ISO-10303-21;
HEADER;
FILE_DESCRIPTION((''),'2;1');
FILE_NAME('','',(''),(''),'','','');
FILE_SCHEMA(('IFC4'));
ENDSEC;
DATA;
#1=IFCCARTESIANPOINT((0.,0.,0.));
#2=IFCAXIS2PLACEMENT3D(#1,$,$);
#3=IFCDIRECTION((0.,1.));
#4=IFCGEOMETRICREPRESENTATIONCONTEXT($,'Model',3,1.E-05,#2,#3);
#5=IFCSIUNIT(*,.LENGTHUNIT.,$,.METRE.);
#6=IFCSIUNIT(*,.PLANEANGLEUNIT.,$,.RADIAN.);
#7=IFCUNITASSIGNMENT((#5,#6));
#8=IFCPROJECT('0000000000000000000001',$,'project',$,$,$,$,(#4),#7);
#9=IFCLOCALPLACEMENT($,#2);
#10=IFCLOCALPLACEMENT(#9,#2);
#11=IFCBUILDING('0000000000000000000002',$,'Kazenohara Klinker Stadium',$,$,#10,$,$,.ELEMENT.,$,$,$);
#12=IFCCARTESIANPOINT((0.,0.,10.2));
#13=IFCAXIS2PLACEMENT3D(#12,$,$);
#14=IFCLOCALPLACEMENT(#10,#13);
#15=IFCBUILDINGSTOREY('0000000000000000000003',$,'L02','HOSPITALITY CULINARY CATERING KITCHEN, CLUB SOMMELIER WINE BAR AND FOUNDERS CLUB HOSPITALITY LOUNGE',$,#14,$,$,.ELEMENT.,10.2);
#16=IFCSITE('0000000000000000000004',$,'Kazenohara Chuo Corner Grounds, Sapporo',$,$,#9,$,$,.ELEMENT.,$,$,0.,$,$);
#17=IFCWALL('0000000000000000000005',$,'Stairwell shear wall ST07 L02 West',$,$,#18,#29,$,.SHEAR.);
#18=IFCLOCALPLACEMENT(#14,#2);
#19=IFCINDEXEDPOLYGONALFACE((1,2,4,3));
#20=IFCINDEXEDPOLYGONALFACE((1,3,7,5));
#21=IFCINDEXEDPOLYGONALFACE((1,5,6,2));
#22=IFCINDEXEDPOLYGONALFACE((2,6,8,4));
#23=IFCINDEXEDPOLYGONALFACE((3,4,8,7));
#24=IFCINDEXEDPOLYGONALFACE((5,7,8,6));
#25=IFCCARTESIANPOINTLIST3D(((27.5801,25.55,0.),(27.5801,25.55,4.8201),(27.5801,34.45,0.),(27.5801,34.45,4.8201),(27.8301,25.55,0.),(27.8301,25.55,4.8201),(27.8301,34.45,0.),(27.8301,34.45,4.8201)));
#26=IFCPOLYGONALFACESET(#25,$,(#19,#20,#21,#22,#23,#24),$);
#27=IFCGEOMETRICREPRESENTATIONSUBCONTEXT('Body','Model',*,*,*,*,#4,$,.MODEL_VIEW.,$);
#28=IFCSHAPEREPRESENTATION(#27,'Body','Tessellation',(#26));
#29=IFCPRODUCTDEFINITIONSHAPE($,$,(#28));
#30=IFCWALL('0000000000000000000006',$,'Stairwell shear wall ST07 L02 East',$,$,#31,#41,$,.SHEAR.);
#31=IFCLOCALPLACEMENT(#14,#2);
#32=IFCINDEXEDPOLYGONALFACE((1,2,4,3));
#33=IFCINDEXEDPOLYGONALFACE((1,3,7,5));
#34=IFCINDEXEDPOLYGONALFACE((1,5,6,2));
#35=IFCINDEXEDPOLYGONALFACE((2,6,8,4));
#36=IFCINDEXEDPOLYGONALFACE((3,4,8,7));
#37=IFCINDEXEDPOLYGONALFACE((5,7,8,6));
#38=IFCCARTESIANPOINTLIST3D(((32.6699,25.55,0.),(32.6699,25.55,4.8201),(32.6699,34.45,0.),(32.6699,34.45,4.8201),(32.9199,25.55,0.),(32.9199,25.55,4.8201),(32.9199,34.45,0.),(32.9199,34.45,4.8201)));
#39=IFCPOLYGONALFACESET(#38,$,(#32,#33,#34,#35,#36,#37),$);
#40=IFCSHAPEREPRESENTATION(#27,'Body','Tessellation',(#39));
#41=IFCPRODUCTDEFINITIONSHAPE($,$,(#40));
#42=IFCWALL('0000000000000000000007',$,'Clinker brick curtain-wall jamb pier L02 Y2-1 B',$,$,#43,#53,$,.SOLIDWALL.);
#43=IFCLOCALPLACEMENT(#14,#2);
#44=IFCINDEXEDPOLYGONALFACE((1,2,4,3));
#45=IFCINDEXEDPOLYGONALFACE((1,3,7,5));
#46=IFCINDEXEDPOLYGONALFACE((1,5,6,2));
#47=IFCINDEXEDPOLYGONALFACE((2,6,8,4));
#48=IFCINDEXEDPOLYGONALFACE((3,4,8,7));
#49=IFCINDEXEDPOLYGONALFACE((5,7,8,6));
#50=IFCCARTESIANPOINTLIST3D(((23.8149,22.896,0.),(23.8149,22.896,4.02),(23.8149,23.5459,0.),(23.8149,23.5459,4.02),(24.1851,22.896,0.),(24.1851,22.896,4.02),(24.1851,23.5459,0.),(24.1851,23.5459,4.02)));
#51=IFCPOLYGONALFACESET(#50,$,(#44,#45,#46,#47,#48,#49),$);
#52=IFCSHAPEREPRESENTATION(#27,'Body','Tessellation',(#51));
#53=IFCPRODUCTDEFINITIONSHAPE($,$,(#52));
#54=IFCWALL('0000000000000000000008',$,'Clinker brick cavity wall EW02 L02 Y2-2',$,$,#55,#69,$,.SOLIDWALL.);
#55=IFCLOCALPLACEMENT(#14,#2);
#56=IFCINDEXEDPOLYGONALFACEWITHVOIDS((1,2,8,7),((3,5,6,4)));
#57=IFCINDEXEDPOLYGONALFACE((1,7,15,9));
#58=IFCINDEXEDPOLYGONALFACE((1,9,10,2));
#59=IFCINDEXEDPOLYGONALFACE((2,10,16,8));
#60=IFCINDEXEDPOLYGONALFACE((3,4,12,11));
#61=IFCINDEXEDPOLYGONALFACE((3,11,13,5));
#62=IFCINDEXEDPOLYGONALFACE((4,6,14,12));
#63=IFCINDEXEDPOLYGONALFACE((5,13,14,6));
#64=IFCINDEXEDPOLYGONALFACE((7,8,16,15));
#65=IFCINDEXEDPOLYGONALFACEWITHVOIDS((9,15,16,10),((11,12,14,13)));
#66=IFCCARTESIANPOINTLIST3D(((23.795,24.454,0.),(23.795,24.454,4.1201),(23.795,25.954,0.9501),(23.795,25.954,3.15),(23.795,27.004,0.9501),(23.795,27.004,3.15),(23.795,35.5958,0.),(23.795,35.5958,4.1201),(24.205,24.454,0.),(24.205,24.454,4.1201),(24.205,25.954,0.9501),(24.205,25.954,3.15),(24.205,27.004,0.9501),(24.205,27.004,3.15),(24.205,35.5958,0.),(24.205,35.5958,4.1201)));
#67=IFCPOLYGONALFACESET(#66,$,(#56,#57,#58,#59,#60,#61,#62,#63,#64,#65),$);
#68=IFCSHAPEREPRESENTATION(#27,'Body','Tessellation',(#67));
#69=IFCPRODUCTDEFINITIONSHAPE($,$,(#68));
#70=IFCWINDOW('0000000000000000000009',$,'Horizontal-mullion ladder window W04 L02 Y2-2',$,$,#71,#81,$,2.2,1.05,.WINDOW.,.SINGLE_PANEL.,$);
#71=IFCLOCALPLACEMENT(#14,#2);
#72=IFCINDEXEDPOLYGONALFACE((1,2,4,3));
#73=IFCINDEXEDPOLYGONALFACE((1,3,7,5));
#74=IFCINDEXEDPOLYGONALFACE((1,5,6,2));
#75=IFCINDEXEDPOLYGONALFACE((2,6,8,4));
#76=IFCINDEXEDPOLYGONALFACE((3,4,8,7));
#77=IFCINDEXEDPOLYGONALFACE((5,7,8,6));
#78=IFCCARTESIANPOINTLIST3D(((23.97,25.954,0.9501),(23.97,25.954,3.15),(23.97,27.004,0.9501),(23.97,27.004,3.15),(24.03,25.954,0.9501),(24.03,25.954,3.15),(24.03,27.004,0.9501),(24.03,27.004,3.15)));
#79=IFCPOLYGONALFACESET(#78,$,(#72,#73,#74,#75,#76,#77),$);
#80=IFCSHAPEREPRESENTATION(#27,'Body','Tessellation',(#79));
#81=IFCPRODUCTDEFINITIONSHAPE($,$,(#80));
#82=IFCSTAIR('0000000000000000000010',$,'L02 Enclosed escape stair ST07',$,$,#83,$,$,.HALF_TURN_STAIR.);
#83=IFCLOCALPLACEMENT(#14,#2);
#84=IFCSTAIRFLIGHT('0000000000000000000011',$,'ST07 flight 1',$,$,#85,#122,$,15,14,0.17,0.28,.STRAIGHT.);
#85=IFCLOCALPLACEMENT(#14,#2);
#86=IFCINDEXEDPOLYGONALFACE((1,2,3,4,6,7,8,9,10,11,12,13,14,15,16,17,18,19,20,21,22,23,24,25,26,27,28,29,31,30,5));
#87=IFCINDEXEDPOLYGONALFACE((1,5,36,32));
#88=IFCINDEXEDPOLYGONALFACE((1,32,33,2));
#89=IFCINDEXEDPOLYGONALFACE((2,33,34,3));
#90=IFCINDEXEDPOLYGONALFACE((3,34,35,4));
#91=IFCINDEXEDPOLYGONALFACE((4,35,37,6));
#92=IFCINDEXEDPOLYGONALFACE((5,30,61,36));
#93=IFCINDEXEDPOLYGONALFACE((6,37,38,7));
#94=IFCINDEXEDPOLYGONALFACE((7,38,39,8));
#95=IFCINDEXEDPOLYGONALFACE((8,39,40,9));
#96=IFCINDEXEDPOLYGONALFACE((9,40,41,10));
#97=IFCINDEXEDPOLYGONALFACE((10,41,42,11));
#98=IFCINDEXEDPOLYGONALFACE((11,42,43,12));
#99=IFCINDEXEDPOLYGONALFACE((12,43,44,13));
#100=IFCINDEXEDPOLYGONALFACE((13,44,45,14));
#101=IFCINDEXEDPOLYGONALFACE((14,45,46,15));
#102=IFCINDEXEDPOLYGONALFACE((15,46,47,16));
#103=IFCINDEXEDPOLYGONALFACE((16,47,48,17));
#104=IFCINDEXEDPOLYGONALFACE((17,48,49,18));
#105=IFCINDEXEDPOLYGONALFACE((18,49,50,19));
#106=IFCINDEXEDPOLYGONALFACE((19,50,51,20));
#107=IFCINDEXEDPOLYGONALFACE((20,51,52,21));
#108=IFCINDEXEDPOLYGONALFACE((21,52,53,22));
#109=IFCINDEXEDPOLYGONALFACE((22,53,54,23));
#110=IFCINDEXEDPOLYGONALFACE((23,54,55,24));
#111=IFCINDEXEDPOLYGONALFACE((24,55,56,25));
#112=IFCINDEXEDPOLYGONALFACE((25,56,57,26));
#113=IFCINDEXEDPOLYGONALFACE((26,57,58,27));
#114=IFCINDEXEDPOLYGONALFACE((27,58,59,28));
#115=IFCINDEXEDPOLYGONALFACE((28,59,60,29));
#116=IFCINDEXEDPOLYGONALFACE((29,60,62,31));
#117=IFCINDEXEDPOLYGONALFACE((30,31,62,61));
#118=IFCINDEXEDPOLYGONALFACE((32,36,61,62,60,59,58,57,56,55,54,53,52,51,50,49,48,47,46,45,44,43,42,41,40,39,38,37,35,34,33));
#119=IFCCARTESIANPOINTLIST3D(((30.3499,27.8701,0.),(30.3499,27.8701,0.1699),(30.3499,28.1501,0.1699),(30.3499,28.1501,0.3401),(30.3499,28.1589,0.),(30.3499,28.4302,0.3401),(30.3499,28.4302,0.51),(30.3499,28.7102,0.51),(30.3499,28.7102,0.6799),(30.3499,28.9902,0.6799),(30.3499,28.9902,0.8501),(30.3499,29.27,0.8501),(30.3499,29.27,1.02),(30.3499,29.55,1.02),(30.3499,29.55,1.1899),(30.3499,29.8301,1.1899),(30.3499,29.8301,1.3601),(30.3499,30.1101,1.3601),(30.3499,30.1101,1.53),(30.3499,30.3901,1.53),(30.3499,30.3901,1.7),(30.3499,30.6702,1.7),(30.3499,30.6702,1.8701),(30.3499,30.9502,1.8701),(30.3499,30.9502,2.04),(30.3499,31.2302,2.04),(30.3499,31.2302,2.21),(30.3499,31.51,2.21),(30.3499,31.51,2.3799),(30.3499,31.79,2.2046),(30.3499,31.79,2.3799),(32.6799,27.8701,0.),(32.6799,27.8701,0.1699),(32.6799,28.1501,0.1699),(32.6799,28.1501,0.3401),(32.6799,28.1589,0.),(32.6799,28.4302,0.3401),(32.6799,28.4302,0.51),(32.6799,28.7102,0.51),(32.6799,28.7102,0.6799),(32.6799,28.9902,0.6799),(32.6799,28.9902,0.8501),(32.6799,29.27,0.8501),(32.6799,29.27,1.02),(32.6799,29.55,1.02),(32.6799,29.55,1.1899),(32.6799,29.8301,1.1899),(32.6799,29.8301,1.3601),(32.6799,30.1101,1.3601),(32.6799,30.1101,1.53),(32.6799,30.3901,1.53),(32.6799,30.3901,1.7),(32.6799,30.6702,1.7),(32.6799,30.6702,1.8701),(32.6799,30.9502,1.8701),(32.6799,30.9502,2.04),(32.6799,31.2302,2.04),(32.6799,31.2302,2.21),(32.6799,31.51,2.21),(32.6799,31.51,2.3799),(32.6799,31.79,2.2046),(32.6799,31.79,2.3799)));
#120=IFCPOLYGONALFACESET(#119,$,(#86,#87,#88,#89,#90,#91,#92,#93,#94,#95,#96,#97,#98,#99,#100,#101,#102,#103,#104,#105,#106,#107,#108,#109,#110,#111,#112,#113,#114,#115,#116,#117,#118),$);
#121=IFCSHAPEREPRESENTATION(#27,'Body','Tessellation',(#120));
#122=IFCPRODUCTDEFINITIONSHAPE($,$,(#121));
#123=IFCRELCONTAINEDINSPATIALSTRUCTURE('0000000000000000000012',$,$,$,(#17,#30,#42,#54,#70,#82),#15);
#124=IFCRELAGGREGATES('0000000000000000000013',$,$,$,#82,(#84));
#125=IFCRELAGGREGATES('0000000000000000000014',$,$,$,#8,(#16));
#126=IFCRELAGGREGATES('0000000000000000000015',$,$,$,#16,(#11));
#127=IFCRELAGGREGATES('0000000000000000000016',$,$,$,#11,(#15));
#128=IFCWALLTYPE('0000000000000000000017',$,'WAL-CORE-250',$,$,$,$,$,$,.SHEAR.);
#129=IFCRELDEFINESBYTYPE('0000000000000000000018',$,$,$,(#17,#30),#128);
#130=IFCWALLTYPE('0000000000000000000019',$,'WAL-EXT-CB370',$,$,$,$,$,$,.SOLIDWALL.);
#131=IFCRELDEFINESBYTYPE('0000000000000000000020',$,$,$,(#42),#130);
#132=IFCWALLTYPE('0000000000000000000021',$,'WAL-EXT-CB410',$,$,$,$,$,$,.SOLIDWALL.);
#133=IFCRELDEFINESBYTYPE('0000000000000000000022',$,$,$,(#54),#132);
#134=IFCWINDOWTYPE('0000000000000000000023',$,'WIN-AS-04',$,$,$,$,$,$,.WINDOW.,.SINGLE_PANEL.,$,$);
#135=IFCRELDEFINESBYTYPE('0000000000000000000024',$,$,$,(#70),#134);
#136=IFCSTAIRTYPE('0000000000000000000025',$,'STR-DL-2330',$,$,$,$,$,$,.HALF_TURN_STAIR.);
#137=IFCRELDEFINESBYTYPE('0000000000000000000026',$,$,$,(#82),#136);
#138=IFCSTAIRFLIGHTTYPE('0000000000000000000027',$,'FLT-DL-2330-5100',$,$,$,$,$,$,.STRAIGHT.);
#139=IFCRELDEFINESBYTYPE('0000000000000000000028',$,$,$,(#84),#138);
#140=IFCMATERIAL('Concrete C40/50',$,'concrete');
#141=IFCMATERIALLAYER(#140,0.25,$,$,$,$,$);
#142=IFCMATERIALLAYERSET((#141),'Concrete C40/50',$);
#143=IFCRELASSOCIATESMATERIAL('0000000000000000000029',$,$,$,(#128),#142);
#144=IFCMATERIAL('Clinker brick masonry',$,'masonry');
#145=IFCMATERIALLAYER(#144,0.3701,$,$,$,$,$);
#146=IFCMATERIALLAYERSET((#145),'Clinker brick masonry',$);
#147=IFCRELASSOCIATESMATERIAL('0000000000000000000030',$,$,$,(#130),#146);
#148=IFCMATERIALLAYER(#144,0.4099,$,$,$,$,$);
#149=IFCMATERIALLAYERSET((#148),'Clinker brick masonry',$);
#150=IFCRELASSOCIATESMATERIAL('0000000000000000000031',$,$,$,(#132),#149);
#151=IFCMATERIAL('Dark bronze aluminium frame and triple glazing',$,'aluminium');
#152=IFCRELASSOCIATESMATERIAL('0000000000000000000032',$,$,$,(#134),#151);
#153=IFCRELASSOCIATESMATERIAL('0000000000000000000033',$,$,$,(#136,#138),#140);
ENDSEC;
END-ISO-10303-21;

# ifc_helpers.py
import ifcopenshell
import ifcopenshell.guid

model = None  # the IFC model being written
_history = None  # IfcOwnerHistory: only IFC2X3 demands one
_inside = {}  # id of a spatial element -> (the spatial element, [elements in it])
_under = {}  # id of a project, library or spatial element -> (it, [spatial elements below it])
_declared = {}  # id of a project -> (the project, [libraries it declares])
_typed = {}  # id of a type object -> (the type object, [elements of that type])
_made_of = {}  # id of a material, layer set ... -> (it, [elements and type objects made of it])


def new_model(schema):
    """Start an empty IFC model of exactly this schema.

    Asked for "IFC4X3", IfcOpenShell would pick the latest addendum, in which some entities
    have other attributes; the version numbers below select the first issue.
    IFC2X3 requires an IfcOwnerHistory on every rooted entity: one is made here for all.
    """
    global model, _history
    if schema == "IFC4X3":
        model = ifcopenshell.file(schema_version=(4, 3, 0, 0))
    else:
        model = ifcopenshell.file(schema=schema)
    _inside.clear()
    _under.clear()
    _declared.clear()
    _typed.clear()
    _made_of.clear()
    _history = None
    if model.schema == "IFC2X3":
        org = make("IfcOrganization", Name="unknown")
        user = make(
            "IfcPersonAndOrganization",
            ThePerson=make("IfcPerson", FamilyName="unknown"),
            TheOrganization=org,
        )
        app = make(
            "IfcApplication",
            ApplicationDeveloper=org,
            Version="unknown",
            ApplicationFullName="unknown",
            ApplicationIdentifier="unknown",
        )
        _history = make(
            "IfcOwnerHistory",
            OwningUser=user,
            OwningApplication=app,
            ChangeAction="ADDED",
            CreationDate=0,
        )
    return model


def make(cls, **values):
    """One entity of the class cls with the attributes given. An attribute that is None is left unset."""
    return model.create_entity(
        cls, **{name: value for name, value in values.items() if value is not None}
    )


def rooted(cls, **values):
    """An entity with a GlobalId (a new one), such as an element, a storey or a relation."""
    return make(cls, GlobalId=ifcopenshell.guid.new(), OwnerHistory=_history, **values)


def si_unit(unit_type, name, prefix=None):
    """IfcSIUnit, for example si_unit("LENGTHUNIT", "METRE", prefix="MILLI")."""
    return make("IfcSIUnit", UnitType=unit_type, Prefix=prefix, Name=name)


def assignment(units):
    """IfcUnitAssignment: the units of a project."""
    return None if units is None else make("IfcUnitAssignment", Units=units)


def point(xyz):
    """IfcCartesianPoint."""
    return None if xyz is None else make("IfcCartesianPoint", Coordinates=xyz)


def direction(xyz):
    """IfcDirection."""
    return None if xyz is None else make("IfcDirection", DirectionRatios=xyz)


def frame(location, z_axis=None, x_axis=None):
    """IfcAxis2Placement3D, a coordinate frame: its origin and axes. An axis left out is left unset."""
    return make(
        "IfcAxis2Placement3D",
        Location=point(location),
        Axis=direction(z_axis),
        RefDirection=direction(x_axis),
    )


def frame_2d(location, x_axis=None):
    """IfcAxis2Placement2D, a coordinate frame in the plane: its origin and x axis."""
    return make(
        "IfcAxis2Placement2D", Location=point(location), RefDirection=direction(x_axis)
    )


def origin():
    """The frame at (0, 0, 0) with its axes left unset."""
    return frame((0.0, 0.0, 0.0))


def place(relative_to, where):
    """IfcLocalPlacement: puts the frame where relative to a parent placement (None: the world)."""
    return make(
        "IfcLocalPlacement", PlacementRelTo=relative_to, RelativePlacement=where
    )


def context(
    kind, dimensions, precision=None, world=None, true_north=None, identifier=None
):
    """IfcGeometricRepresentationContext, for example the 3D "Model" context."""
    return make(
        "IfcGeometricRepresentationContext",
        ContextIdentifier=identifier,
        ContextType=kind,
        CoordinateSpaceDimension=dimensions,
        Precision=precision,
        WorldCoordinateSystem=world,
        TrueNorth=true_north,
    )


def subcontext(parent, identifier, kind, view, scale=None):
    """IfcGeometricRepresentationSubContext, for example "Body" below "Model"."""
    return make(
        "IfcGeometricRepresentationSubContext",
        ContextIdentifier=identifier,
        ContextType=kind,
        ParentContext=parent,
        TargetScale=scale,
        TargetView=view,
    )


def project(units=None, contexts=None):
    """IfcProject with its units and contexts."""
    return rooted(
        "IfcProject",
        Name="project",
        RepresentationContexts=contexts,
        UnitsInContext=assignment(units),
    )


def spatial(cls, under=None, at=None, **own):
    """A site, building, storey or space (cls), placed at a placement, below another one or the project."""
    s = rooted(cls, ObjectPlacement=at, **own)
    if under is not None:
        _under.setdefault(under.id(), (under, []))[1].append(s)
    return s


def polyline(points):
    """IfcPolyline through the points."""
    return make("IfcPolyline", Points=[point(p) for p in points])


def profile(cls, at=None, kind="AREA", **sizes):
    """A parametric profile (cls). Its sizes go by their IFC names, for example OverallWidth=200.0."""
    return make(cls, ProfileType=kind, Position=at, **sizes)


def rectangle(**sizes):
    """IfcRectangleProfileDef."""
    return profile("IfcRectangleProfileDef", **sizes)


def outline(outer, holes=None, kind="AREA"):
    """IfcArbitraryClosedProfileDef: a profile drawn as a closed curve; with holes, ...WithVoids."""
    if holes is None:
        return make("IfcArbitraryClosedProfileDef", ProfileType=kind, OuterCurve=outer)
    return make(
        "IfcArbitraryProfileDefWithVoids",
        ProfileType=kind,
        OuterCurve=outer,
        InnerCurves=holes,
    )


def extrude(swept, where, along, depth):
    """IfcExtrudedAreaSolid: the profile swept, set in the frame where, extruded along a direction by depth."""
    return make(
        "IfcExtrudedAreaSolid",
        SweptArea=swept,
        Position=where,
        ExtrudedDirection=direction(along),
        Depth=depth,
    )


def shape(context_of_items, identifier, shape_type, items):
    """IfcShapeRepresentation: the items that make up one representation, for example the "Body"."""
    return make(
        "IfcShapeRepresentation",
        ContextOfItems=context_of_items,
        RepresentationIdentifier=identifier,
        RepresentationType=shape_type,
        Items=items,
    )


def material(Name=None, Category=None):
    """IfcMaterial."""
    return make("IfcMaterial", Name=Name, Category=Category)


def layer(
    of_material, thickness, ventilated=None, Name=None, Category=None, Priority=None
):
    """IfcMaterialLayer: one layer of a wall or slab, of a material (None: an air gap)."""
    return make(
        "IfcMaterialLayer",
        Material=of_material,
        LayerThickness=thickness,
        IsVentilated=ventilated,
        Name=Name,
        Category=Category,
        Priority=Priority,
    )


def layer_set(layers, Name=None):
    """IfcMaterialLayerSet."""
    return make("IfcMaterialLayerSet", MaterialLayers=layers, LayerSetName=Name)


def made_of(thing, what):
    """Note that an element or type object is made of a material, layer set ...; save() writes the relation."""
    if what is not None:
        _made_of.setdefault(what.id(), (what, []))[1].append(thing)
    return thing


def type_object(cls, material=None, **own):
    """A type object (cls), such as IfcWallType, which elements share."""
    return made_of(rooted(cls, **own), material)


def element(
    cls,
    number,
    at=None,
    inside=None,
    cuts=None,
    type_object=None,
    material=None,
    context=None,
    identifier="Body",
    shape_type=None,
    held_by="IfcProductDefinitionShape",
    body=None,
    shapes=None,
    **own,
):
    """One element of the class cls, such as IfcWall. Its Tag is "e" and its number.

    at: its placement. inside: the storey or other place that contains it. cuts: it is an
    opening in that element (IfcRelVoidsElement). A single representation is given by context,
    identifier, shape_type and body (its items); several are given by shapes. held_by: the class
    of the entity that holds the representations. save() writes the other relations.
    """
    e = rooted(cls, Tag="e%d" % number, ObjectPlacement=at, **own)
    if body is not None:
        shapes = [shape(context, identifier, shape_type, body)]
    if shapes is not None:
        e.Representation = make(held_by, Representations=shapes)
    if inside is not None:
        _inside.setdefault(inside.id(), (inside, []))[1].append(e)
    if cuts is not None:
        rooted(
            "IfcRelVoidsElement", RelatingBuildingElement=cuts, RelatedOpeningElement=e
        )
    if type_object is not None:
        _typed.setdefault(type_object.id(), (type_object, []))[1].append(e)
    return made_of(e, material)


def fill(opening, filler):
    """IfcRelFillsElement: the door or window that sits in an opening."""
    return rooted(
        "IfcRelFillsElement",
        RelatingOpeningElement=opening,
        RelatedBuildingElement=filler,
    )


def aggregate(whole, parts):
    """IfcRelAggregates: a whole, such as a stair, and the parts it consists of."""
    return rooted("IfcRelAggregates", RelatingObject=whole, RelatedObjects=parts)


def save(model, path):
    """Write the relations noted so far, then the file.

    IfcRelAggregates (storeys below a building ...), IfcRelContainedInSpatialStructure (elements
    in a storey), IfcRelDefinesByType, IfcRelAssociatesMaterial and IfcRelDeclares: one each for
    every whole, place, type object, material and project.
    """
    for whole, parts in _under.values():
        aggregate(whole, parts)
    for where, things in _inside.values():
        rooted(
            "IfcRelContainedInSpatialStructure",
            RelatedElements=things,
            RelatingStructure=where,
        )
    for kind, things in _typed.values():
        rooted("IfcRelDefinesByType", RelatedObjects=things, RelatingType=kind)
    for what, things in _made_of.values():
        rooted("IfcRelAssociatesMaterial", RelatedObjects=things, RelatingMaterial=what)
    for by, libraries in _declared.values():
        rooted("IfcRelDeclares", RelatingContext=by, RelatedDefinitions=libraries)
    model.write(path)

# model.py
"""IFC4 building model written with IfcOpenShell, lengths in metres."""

from ifc_helpers import new_model, si_unit, direction, frame, frame_2d, origin, place, context, subcontext, project, spatial, polyline, rectangle, outline, extrude, material, layer, layer_set, type_object, element, fill, aggregate, save


model = new_model("IFC4")

# Units and contexts
model_context = context("Model", 3, precision=1e-05, world=origin(), true_north=direction((0.0, 1.0)))
body_context = subcontext(model_context, "Body", "Model", "MODEL_VIEW")
ifc_project = project(units=[si_unit("LENGTHUNIT", "METRE"), si_unit("PLANEANGLEUNIT", "RADIAN")], contexts=[model_context])

# Site, building, storey
site_placement = place(None, origin())
site = spatial("IfcSite", under=ifc_project, at=site_placement, Name="Kazenohara Chuo Corner Grounds, Sapporo", CompositionType="ELEMENT", RefElevation=0.0)
building_placement = place(site_placement, origin())
building = spatial("IfcBuilding", under=site, at=building_placement, Name="Kazenohara Klinker Stadium", CompositionType="ELEMENT")
storey_placement = place(building_placement, frame((0.0, 0.0, 10.2)))
storey = spatial("IfcBuildingStorey", under=building, at=storey_placement, Name="L02", Description="HOSPITALITY CULINARY CATERING KITCHEN, CLUB SOMMELIER WINE BAR AND FOUNDERS CLUB HOSPITALITY LOUNGE", CompositionType="ELEMENT", Elevation=10.2)

# Shared definitions
ifc_material_1 = material(Name="Concrete C40/50", Category="concrete")

# Shared definitions
ifc_layer_1 = layer(ifc_material_1, 0.25)
ifc_layer_set_1 = layer_set([ifc_layer_1], Name="Concrete C40/50")
wall_type_1 = type_object("IfcWallType", Name="WAL-CORE-250", PredefinedType="SHEAR", material=ifc_layer_set_1)

# Walls
for number, where, z_axis, x_axis, name in (
    (1, (27.7051, 25.55, 0.0), (0.0, 0.0, 1.0), (0.0, 1.0, 0.0), "Stairwell shear wall ST07 L02 West"),
    (2, (32.7949, 25.55, 0.0), (0.0, 0.0, 1.0), (0.0, 1.0, 0.0), "Stairwell shear wall ST07 L02 East"),
):
    element("IfcWall", number, at=place(storey_placement, frame(where, z_axis=z_axis, x_axis=x_axis)), inside=storey, type_object=wall_type_1, Name=name, PredefinedType="SHEAR", context=body_context, shape_type="SweptSolid", body=[
        extrude(rectangle(XDim=8.8999, YDim=0.25, at=frame_2d((4.45, 0.0))), origin(), (0.0, 0.0, 1.0), 4.8201),
    ])
ifc_material_2 = material(Name="Clinker brick masonry", Category="masonry")
ifc_layer_2 = layer(ifc_material_2, 0.3701)
ifc_layer_set_2 = layer_set([ifc_layer_2], Name="Clinker brick masonry")
wall_type_2 = type_object("IfcWallType", Name="WAL-EXT-CB370", PredefinedType="SOLIDWALL", material=ifc_layer_set_2)
wall_1_placement = place(storey_placement, frame((24.0, 22.896, 0.0), z_axis=(0.0, 0.0, 1.0), x_axis=(0.0, 1.0, 0.0)))
element("IfcWall", 3, at=wall_1_placement, inside=storey, type_object=wall_type_2, Name="Clinker brick curtain-wall jamb pier L02 Y2-1 B", PredefinedType="SOLIDWALL", context=body_context, shape_type="SweptSolid", body=[
    extrude(rectangle(XDim=0.6499, YDim=0.3701, at=frame_2d((0.325, 0.0))), origin(), (0.0, 0.0, 1.0), 4.02),
])

# Wall, opening, window
ifc_layer_3 = layer(ifc_material_2, 0.4099)
ifc_layer_set_3 = layer_set([ifc_layer_3], Name="Clinker brick masonry")
wall_type_3 = type_object("IfcWallType", Name="WAL-EXT-CB410", PredefinedType="SOLIDWALL", material=ifc_layer_set_3)
wall_2_placement = place(storey_placement, frame((24.0, 24.4541, 0.0), z_axis=(0.0, 0.0, 1.0), x_axis=(0.0, 1.0, 0.0)))
wall_2 = element("IfcWall", 4, at=wall_2_placement, inside=storey, type_object=wall_type_3, Name="Clinker brick cavity wall EW02 L02 Y2-2", PredefinedType="SOLIDWALL", context=body_context, shape_type="SweptSolid", body=[
    extrude(rectangle(XDim=11.1418, YDim=0.4099, at=frame_2d((5.5708, 0.0))), origin(), (0.0, 0.0, 1.0), 4.1201),
])
opening_1_placement = place(wall_2_placement, frame((1.5, 0.0, 0.95)))
opening_1 = element("IfcOpeningElement", 5, at=opening_1_placement, cuts=wall_2, PredefinedType="OPENING", context=body_context, shape_type="SweptSolid", body=[
    extrude(rectangle(XDim=1.05, YDim=2.2, at=frame_2d((0.5249, 1.1001))), frame((0.0, 0.2148, 0.0), z_axis=(0.0, -1.0, 0.0), x_axis=(1.0, 0.0, 0.0)), (0.0, 0.0, 1.0), 0.4299),
])
ifc_material_3 = material(Name="Dark bronze aluminium frame and triple glazing", Category="aluminium")
window_type = type_object("IfcWindowType", Name="WIN-AS-04", PartitioningType="SINGLE_PANEL", PredefinedType="WINDOW", material=ifc_material_3)
window_placement = place(opening_1_placement, origin())
window = element("IfcWindow", 6, at=window_placement, inside=storey, type_object=window_type, Name="Horizontal-mullion ladder window W04 L02 Y2-2", OverallHeight=2.2, OverallWidth=1.05, PartitioningType="SINGLE_PANEL", PredefinedType="WINDOW", context=body_context, shape_type="SweptSolid", body=[
    extrude(rectangle(XDim=1.05, YDim=2.2, at=frame_2d((0.5249, 1.1001))), frame((0.0, 0.03, 0.0), z_axis=(0.0, -1.0, 0.0), x_axis=(1.0, 0.0, 0.0)), (0.0, 0.0, 1.0), 0.0601),
])
fill(opening_1, window)

# Stair, stair flight
stair_type = type_object("IfcStairType", Name="STR-DL-2330", PredefinedType="HALF_TURN_STAIR", material=ifc_material_1)
stair_placement = place(storey_placement, origin())
stair = element("IfcStair", 7, at=stair_placement, inside=storey, type_object=stair_type, Name="L02 Enclosed escape stair ST07", PredefinedType="HALF_TURN_STAIR")
stair_flight_type = type_object("IfcStairFlightType", Name="FLT-DL-2330-5100", PredefinedType="STRAIGHT", material=ifc_material_1)
stair_flight_placement = place(storey_placement, frame((31.5149, 27.8701, 0.0), z_axis=(0.0, 0.0, 1.0), x_axis=(0.0, 1.0, 0.0)))
stair_flight = element("IfcStairFlight", 8, at=stair_flight_placement, type_object=stair_flight_type, Name="ST07 flight 1", NumberOfRisers=15, NumberOfTreads=14, PredefinedType="STRAIGHT", RiserHeight=0.17, TreadLength=0.28, context=body_context, shape_type="SweptSolid", body=[
    extrude(outline(polyline([(0.0, 0.0), (0.0, 0.1699), (0.28, 0.1699), (0.28, 0.3401), (0.5601, 0.3401), (0.5601, 0.51), (0.8401, 0.51), (0.8401, 0.6799), (1.1201, 0.6799), (1.1201, 0.8501), (1.3999, 0.8501), (1.3999, 1.02), (1.6799, 1.02), (1.6799, 1.1899), (1.96, 1.1899), (1.96, 1.3601), (2.24, 1.3601), (2.24, 1.53), (2.52, 1.53), (2.52, 1.7), (2.8, 1.7), (2.8, 1.8701), (3.0801, 1.8701), (3.0801, 2.04), (3.3601, 2.04), (3.3601, 2.21), (3.6399, 2.21), (3.6399, 2.3799), (3.9199, 2.3799), (3.9199, 2.55), (3.9199, 2.2046), (0.2888, 0.0), (0.0, 0.0)])), frame((0.0, 1.165, 0.0), z_axis=(0.0, -1.0, 0.0), x_axis=(1.0, 0.0, 0.0)), (0.0, 0.0, 1.0), 2.3301),
])
aggregate(stair, [stair_flight])

save(model, "model.ifc")
